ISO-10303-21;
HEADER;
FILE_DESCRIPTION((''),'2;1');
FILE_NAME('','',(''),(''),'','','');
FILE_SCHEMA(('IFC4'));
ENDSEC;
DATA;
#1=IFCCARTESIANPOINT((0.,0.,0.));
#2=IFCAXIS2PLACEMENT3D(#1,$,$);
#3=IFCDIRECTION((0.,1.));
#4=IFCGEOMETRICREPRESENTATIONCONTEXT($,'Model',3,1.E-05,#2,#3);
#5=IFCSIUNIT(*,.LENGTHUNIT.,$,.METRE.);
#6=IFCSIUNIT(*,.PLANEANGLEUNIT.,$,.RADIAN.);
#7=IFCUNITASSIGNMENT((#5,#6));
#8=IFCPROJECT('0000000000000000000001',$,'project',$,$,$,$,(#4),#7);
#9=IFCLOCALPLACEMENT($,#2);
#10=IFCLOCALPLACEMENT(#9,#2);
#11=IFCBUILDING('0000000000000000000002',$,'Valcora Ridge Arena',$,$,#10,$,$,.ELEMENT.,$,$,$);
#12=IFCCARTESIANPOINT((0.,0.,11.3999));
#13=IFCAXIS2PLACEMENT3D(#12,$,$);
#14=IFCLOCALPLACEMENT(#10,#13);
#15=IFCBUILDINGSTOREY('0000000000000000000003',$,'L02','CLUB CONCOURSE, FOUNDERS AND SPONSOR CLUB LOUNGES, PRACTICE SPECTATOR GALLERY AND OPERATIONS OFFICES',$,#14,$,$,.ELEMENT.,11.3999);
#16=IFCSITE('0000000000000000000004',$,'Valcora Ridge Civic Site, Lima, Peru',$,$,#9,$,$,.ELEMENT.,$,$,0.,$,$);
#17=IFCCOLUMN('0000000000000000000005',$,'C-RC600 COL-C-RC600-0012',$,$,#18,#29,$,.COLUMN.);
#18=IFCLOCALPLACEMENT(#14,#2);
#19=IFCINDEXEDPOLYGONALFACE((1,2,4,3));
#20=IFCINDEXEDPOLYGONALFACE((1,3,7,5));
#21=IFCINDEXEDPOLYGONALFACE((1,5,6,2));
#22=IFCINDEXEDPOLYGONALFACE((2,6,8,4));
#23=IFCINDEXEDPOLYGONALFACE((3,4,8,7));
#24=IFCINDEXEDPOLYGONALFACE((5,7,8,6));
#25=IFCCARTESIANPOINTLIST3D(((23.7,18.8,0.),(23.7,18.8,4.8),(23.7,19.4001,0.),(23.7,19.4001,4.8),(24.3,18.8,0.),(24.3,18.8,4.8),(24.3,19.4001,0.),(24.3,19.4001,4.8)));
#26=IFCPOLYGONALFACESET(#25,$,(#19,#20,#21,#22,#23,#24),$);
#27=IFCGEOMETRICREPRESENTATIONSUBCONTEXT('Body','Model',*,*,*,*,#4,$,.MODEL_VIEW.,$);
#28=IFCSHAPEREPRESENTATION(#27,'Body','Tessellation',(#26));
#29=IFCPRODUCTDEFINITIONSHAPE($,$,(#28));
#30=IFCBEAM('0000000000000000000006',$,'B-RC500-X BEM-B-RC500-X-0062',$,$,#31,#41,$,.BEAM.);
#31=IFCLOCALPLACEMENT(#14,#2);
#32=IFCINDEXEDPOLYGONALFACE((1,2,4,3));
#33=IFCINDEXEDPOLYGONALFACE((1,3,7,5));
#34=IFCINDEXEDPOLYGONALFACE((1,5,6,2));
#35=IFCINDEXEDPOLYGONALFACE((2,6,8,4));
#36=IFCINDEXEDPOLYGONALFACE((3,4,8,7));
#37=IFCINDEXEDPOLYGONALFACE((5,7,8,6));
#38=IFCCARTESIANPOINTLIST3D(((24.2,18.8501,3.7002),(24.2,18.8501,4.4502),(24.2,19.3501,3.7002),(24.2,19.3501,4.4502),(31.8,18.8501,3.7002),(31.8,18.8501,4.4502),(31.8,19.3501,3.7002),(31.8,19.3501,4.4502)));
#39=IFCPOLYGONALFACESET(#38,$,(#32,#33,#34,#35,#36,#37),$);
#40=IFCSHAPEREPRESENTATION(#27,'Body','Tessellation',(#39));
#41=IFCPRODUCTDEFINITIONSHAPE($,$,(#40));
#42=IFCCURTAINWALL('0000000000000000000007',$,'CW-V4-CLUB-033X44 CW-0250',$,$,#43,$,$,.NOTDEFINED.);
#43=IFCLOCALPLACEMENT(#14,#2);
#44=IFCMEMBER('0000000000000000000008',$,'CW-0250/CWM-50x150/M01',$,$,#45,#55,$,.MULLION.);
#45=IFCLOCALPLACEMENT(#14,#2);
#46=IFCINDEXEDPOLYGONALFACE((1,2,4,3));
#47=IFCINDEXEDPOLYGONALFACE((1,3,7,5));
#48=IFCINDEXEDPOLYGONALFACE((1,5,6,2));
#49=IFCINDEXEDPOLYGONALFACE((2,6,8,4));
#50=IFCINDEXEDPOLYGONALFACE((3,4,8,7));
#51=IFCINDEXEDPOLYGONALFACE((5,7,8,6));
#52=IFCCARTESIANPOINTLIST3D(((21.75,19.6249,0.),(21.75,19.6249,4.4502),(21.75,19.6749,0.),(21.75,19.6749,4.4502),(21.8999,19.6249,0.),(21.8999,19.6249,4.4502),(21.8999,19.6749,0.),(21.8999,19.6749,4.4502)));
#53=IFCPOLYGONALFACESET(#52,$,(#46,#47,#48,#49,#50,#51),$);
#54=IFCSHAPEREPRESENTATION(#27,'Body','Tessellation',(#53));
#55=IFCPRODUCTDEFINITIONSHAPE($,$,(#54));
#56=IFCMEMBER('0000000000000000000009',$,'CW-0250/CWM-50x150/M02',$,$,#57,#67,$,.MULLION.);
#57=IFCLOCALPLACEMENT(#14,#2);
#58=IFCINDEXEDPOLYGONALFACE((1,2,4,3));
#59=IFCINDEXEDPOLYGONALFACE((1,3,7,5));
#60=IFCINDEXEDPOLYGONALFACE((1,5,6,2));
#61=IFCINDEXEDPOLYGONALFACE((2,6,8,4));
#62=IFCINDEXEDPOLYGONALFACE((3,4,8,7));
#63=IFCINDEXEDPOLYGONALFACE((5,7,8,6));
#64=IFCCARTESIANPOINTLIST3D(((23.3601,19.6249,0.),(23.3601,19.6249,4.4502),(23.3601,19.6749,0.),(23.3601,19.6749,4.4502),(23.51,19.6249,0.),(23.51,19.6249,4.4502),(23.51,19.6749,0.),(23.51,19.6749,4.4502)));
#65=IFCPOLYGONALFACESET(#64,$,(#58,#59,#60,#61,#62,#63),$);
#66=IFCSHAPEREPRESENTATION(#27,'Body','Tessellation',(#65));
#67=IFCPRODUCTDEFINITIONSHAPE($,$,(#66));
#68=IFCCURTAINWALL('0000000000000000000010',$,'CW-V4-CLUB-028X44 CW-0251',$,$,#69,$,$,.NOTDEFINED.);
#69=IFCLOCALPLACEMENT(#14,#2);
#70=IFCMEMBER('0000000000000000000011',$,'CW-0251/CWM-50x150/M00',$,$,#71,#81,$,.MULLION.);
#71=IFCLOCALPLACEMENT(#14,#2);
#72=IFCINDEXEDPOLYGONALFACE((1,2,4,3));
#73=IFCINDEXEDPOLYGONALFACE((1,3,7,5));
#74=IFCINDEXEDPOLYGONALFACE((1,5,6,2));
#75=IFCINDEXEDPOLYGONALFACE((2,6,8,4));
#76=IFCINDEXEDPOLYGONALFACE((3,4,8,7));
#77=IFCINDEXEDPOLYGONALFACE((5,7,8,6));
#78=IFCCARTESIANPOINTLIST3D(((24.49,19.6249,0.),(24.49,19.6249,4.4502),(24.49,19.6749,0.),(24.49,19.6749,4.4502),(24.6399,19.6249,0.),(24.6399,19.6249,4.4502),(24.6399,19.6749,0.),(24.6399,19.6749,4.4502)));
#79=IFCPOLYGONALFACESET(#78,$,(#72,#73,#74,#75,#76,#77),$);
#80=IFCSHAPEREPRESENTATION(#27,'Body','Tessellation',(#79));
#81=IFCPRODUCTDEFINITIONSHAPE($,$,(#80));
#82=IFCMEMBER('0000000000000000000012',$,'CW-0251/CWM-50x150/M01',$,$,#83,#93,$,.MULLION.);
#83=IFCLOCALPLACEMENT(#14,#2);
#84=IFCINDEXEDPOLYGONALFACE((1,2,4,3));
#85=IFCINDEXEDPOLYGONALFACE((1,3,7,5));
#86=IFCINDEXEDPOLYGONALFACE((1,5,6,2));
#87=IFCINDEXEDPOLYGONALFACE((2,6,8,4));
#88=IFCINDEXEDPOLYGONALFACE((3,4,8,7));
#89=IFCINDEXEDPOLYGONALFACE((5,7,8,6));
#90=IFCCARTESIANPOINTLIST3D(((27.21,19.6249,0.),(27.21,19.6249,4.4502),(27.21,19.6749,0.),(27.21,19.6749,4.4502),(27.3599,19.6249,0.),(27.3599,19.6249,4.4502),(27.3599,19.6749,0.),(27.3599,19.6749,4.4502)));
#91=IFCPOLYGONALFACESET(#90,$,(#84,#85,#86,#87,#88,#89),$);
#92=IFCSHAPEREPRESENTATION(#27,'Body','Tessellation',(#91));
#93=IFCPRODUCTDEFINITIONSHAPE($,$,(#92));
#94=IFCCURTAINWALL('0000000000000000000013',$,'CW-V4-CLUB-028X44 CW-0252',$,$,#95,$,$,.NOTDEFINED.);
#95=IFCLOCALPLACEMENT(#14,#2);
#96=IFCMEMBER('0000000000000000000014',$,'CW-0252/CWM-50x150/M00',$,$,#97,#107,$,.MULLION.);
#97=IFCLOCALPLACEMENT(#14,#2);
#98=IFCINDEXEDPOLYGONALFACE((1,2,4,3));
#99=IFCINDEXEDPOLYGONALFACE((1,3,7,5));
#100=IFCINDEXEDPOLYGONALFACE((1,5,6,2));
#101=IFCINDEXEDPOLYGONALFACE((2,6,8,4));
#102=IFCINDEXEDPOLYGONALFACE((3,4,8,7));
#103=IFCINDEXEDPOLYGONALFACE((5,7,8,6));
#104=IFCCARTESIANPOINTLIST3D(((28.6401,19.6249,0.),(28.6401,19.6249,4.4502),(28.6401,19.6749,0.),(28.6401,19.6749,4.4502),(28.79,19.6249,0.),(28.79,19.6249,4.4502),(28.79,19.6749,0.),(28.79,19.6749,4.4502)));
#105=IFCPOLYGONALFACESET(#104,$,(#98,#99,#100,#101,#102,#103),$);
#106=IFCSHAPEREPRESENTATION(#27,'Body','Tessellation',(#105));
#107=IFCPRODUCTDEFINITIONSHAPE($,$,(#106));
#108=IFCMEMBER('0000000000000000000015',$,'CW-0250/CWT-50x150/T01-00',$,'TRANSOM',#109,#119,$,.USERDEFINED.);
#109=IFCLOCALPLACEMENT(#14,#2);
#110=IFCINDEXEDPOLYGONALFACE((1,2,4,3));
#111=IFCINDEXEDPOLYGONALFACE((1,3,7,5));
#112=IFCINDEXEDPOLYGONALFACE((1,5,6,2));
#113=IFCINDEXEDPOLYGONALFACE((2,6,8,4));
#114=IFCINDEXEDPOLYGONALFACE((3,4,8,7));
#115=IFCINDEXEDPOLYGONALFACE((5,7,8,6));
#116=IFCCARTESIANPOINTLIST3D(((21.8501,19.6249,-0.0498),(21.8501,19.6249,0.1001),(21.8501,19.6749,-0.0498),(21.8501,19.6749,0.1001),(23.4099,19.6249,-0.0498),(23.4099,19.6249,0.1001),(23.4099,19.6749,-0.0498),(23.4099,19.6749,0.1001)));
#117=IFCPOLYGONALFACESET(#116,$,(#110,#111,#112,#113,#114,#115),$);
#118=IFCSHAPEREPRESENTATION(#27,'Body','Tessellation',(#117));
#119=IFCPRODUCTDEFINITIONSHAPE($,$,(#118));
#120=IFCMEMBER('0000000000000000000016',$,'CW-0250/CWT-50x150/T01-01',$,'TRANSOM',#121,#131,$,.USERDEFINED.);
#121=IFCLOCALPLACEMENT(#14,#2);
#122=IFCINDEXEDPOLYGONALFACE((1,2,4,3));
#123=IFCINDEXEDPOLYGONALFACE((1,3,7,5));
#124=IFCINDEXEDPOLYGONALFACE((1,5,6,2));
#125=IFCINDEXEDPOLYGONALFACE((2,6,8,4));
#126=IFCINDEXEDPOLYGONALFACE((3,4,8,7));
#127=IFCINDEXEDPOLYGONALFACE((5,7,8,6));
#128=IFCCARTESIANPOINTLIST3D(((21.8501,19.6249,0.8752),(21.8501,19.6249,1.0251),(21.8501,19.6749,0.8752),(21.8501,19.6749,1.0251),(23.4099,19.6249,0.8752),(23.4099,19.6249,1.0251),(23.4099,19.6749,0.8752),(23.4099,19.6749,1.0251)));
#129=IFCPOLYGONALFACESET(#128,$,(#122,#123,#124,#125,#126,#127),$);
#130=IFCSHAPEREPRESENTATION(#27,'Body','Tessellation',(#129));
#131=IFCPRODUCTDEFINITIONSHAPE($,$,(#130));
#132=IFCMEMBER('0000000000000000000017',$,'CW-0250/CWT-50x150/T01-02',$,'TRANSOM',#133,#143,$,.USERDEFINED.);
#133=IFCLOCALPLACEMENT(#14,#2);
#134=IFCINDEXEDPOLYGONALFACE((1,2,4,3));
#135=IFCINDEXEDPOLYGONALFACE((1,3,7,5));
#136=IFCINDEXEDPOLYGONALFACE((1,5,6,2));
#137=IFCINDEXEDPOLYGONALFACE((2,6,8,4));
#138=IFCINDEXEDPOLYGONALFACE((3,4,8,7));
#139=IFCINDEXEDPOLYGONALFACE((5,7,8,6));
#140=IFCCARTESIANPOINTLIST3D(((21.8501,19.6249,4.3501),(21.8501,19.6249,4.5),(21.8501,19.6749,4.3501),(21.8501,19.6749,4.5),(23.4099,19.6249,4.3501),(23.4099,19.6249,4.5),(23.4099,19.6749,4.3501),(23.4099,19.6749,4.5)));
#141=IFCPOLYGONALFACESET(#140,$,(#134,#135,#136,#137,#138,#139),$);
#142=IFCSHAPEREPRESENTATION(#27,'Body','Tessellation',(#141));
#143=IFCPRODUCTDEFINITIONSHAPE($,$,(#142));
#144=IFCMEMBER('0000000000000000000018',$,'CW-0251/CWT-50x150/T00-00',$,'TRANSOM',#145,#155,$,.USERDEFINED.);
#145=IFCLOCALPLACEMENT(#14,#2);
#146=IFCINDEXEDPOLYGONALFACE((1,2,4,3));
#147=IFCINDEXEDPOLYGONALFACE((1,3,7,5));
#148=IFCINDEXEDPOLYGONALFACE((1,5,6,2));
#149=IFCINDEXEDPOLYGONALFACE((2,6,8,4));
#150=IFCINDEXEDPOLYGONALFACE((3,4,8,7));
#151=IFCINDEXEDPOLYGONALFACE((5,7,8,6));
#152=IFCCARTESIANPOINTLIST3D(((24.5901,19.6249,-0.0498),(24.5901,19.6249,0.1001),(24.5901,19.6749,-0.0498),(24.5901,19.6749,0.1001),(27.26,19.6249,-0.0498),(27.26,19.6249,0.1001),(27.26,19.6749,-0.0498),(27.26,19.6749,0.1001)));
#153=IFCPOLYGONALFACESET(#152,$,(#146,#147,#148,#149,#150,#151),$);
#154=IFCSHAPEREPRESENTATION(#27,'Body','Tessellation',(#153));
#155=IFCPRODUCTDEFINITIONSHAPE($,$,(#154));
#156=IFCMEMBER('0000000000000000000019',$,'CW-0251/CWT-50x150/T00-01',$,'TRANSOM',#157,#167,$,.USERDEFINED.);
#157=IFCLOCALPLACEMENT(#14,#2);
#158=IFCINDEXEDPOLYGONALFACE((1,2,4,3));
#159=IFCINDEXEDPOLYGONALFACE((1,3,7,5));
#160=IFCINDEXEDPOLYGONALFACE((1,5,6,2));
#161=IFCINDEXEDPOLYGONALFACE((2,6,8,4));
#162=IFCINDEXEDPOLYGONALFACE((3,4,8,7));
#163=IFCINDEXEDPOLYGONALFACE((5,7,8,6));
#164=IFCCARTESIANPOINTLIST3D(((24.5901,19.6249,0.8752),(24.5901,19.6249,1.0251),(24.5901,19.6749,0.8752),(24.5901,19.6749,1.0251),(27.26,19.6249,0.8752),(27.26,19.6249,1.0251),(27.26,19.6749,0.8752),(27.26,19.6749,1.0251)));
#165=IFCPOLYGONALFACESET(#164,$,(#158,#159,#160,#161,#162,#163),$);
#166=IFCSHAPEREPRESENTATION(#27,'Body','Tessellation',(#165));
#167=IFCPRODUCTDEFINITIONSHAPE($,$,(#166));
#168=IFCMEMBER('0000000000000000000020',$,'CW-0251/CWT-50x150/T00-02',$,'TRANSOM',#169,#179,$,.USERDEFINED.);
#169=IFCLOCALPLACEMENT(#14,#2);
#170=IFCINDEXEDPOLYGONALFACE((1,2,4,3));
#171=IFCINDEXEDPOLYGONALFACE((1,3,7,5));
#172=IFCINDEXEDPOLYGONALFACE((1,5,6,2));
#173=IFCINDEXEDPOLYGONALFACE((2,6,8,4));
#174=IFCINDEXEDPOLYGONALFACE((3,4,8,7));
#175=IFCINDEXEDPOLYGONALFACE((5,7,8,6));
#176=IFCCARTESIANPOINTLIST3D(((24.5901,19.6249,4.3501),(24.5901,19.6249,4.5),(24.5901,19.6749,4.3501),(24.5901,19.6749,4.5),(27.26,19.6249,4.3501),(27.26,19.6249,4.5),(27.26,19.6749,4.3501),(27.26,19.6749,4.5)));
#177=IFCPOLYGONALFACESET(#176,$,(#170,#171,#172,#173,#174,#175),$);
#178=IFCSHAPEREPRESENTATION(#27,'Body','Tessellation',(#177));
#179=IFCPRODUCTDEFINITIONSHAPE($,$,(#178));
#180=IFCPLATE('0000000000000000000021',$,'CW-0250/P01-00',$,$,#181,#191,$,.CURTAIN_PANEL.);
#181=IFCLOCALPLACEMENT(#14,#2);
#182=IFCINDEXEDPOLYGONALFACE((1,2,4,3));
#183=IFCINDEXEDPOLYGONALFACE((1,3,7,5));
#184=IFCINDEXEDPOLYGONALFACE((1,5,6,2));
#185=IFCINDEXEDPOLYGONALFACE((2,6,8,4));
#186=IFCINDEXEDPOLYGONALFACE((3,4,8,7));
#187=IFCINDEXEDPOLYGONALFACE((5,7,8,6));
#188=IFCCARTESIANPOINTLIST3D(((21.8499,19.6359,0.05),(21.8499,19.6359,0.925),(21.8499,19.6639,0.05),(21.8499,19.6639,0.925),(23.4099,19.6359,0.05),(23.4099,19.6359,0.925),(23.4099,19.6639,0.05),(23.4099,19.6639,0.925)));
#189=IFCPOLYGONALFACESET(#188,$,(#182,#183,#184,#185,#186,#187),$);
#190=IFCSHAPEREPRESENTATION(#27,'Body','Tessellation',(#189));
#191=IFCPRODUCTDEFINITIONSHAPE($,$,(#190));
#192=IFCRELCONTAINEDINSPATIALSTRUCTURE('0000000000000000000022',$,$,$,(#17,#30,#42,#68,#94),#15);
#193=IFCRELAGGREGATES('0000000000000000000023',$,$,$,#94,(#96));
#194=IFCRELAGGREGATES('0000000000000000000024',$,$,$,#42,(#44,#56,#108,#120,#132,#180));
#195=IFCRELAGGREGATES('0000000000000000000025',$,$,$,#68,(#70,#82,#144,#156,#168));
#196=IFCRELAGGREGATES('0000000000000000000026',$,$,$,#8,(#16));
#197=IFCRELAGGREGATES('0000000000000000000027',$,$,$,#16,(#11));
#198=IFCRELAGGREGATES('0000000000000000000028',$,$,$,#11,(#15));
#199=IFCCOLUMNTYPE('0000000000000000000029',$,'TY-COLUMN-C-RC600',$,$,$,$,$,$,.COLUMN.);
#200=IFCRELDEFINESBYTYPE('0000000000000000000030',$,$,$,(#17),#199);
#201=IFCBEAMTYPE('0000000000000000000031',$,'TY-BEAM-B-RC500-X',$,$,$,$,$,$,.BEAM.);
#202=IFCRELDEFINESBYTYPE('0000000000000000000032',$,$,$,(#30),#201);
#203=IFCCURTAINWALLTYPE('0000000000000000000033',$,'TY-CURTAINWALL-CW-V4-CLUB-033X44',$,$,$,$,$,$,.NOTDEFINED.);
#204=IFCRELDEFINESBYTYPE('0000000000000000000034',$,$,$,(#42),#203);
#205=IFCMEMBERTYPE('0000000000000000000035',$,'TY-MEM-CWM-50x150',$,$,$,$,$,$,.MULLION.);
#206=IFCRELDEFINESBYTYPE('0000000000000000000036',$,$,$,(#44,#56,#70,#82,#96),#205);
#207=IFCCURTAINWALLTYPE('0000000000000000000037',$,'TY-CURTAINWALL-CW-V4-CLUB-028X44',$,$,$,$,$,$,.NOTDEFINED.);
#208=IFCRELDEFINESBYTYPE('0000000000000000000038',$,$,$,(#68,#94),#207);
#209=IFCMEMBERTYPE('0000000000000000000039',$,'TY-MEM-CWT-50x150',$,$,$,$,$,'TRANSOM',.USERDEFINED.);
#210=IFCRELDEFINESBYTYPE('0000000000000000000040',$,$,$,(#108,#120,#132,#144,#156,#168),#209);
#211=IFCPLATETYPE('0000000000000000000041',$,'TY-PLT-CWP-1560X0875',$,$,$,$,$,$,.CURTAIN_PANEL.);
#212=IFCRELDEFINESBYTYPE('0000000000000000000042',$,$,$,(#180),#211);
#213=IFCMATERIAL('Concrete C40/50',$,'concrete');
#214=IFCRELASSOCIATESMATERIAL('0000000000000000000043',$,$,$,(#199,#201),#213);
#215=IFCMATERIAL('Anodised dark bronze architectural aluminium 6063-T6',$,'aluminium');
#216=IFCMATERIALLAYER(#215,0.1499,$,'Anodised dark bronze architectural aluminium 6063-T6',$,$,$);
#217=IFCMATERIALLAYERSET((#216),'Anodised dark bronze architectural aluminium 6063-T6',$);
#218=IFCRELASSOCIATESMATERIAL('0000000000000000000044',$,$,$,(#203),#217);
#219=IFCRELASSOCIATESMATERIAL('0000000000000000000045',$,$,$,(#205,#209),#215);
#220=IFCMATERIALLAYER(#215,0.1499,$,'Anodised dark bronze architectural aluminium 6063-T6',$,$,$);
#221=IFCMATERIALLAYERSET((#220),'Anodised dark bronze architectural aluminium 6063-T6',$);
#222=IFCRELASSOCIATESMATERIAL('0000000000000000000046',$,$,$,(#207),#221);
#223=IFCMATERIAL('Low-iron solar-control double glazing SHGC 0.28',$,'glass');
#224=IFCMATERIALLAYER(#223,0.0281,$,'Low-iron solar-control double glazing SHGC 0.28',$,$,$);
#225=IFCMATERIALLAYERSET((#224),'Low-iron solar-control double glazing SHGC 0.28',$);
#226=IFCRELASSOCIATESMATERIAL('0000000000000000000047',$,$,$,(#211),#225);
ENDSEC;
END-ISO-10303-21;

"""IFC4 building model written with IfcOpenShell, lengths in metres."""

from ifc_helpers import new_model, si_unit, direction, frame, origin, origin_2d, place, context, subcontext, project, spatial, rectangle, extrude, material, layer, layer_set, material_profile, profile_set, type_object, element, aggregate, save


model = new_model("IFC4")

# Units and contexts
model_context = context("Model", 3, precision=1e-05, world=origin(), true_north=direction((0.0, 1.0)))
body_context = subcontext(model_context, "Body", "Model", "MODEL_VIEW")
ifc_project = project(units=[si_unit("LENGTHUNIT", "METRE"), si_unit("PLANEANGLEUNIT", "RADIAN")], contexts=[model_context])

# Site, building, storey
site_placement = place(None, origin())
site = spatial("IfcSite", under=ifc_project, at=site_placement, Name="Valcora Ridge Civic Site, Lima, Peru", CompositionType="ELEMENT", RefElevation=0.0)
building_placement = place(site_placement, origin())
building = spatial("IfcBuilding", under=site, at=building_placement, Name="Valcora Ridge Arena", CompositionType="ELEMENT")
storey_placement = place(building_placement, frame((0.0, 0.0, 11.3999)))
storey = spatial("IfcBuildingStorey", under=building, at=storey_placement, Name="L02", Description="CLUB CONCOURSE, FOUNDERS AND SPONSOR CLUB LOUNGES, PRACTICE SPECTATOR GALLERY AND OPERATIONS OFFICES", CompositionType="ELEMENT", Elevation=11.3999)

# Column
ifc_material_1 = material(Name="Concrete C40/50", Category="concrete")
ifc_material_profile_1 = material_profile(ifc_material_1, rectangle(XDim=0.6001, YDim=0.6001, at=origin_2d()), Name="RC 600x600")
ifc_profile_set_1 = profile_set([ifc_material_profile_1], Name="Concrete C40/50")
column_type = type_object("IfcColumnType", Name="TY-COLUMN-C-RC600", PredefinedType="COLUMN", material=ifc_profile_set_1)
column_placement = place(storey_placement, frame((24.0, 19.1001, 0.0), z_axis=(0.0, 0.0, 1.0), x_axis=(1.0, 0.0, 0.0)))
element("IfcColumn", 1, at=column_placement, inside=storey, type_object=column_type, Name="C-RC600 COL-C-RC600-0012", PredefinedType="COLUMN", context=body_context, shape_type="SweptSolid", body=[
    extrude(rectangle(XDim=0.6001, YDim=0.6001, at=origin_2d()), origin(), (0.0, 0.0, 1.0), 4.8),
])

# Beam
ifc_material_profile_2 = material_profile(ifc_material_1, rectangle(XDim=0.5, YDim=0.75, at=origin_2d()), Name="RC 500x750")
ifc_profile_set_2 = profile_set([ifc_material_profile_2], Name="Concrete C40/50")
beam_type = type_object("IfcBeamType", Name="TY-BEAM-B-RC500-X", PredefinedType="BEAM", material=ifc_profile_set_2)
beam_placement = place(storey_placement, frame((24.2, 19.1001, 4.0752), z_axis=(1.0, 0.0, 0.0), x_axis=(0.0, 1.0, 0.0)))
element("IfcBeam", 2, at=beam_placement, inside=storey, type_object=beam_type, Name="B-RC500-X BEM-B-RC500-X-0062", PredefinedType="BEAM", context=body_context, shape_type="SweptSolid", body=[
    extrude(rectangle(XDim=0.5, YDim=0.75, at=origin_2d()), origin(), (0.0, 0.0, 1.0), 7.6001),
])

# Curtain walls, members
ifc_material_2 = material(Name="Anodised dark bronze architectural aluminium 6063-T6", Category="aluminium")
ifc_layer_1 = layer(ifc_material_2, 0.1499, Name="Anodised dark bronze architectural aluminium 6063-T6")
ifc_layer_set_1 = layer_set([ifc_layer_1], Name="Anodised dark bronze architectural aluminium 6063-T6")
curtain_wall_type_1 = type_object("IfcCurtainWallType", Name="TY-CURTAINWALL-CW-V4-CLUB-033X44", PredefinedType="NOTDEFINED", material=ifc_layer_set_1)
curtain_wall_1_placement = place(storey_placement, origin())
curtain_wall_1 = element("IfcCurtainWall", 3, at=curtain_wall_1_placement, inside=storey, type_object=curtain_wall_type_1, Name="CW-V4-CLUB-033X44 CW-0250", PredefinedType="NOTDEFINED")
ifc_material_profile_3 = material_profile(ifc_material_2, rectangle(XDim=0.05, YDim=0.1499, at=origin_2d()), Name="ALU MULLION 50x150")
ifc_profile_set_3 = profile_set([ifc_material_profile_3], Name="Anodised dark bronze architectural aluminium 6063-T6")
member_type_1 = type_object("IfcMemberType", Name="TY-MEM-CWM-50x150", PredefinedType="MULLION", material=ifc_profile_set_3)
member_1_placement = place(storey_placement, frame((21.825, 19.6499, 0.0), z_axis=(0.0, 0.0, 1.0), x_axis=(0.0, 1.0, 0.0)))
member_1 = element("IfcMember", 4, at=member_1_placement, type_object=member_type_1, Name="CW-0250/CWM-50x150/M01", PredefinedType="MULLION", context=body_context, shape_type="SweptSolid", body=[
    extrude(rectangle(XDim=0.05, YDim=0.1499, at=origin_2d()), origin(), (0.0, 0.0, 1.0), 4.4502),
])
member_2_placement = place(storey_placement, frame((23.4351, 19.6499, 0.0), z_axis=(0.0, 0.0, 1.0), x_axis=(0.0, 1.0, 0.0)))
member_2 = element("IfcMember", 5, at=member_2_placement, type_object=member_type_1, Name="CW-0250/CWM-50x150/M02", PredefinedType="MULLION", context=body_context, shape_type="SweptSolid", body=[
    extrude(rectangle(XDim=0.05, YDim=0.1499, at=origin_2d()), origin(), (0.0, 0.0, 1.0), 4.4502),
])
ifc_layer_2 = layer(ifc_material_2, 0.1499, Name="Anodised dark bronze architectural aluminium 6063-T6")
ifc_layer_set_2 = layer_set([ifc_layer_2], Name="Anodised dark bronze architectural aluminium 6063-T6")
curtain_wall_type_2 = type_object("IfcCurtainWallType", Name="TY-CURTAINWALL-CW-V4-CLUB-028X44", PredefinedType="NOTDEFINED", material=ifc_layer_set_2)
curtain_wall_2_placement = place(storey_placement, origin())
curtain_wall_2 = element("IfcCurtainWall", 6, at=curtain_wall_2_placement, inside=storey, type_object=curtain_wall_type_2, Name="CW-V4-CLUB-028X44 CW-0251", PredefinedType="NOTDEFINED")
member_3_placement = place(storey_placement, frame((24.5649, 19.6499, 0.0), z_axis=(0.0, 0.0, 1.0), x_axis=(0.0, 1.0, 0.0)))
member_3 = element("IfcMember", 7, at=member_3_placement, type_object=member_type_1, Name="CW-0251/CWM-50x150/M00", PredefinedType="MULLION", context=body_context, shape_type="SweptSolid", body=[
    extrude(rectangle(XDim=0.05, YDim=0.1499, at=origin_2d()), origin(), (0.0, 0.0, 1.0), 4.4502),
])
member_4_placement = place(storey_placement, frame((27.2849, 19.6499, 0.0), z_axis=(0.0, 0.0, 1.0), x_axis=(0.0, 1.0, 0.0)))
member_4 = element("IfcMember", 8, at=member_4_placement, type_object=member_type_1, Name="CW-0251/CWM-50x150/M01", PredefinedType="MULLION", context=body_context, shape_type="SweptSolid", body=[
    extrude(rectangle(XDim=0.05, YDim=0.1499, at=origin_2d()), origin(), (0.0, 0.0, 1.0), 4.4502),
])

# Curtain wall, member
curtain_wall_3_placement = place(storey_placement, origin())
curtain_wall_3 = element("IfcCurtainWall", 9, at=curtain_wall_3_placement, inside=storey, type_object=curtain_wall_type_2, Name="CW-V4-CLUB-028X44 CW-0252", PredefinedType="NOTDEFINED")
member_5_placement = place(storey_placement, frame((28.7151, 19.6499, 0.0), z_axis=(0.0, 0.0, 1.0), x_axis=(0.0, 1.0, 0.0)))
member_5 = element("IfcMember", 10, at=member_5_placement, type_object=member_type_1, Name="CW-0252/CWM-50x150/M00", PredefinedType="MULLION", context=body_context, shape_type="SweptSolid", body=[
    extrude(rectangle(XDim=0.05, YDim=0.1499, at=origin_2d()), origin(), (0.0, 0.0, 1.0), 4.4502),
])
aggregate(curtain_wall_3, [member_5])

# Members
ifc_material_profile_4 = material_profile(ifc_material_2, rectangle(XDim=0.05, YDim=0.1499, at=origin_2d()), Name="ALU TRANSOM 50x150")
ifc_profile_set_4 = profile_set([ifc_material_profile_4], Name="Anodised dark bronze architectural aluminium 6063-T6")
member_type_2 = type_object("IfcMemberType", Name="TY-MEM-CWT-50x150", ElementType="TRANSOM", PredefinedType="USERDEFINED", material=ifc_profile_set_4)
member_6_placement = place(storey_placement, frame((21.8501, 19.6499, 0.0251), z_axis=(1.0, 0.0, 0.0), x_axis=(0.0, 1.0, 0.0)))
member_6 = element("IfcMember", 11, at=member_6_placement, type_object=member_type_2, Name="CW-0250/CWT-50x150/T01-00", ObjectType="TRANSOM", PredefinedType="USERDEFINED", context=body_context, shape_type="SweptSolid", body=[
    extrude(rectangle(XDim=0.05, YDim=0.1499, at=origin_2d()), origin(), (0.0, 0.0, 1.0), 1.5598),
])
member_7_placement = place(storey_placement, frame((21.8501, 19.6499, 0.9502), z_axis=(1.0, 0.0, 0.0), x_axis=(0.0, 1.0, 0.0)))
member_7 = element("IfcMember", 12, at=member_7_placement, type_object=member_type_2, Name="CW-0250/CWT-50x150/T01-01", ObjectType="TRANSOM", PredefinedType="USERDEFINED", context=body_context, shape_type="SweptSolid", body=[
    extrude(rectangle(XDim=0.05, YDim=0.1499, at=origin_2d()), origin(), (0.0, 0.0, 1.0), 1.5598),
])
member_8_placement = place(storey_placement, frame((21.8501, 19.6499, 4.425), z_axis=(1.0, 0.0, 0.0), x_axis=(0.0, 1.0, 0.0)))
member_8 = element("IfcMember", 13, at=member_8_placement, type_object=member_type_2, Name="CW-0250/CWT-50x150/T01-02", ObjectType="TRANSOM", PredefinedType="USERDEFINED", context=body_context, shape_type="SweptSolid", body=[
    extrude(rectangle(XDim=0.05, YDim=0.1499, at=origin_2d()), origin(), (0.0, 0.0, 1.0), 1.5598),
])
member_9_placement = place(storey_placement, frame((24.5901, 19.6499, 0.0251), z_axis=(1.0, 0.0, 0.0), x_axis=(0.0, 1.0, 0.0)))
member_9 = element("IfcMember", 14, at=member_9_placement, type_object=member_type_2, Name="CW-0251/CWT-50x150/T00-00", ObjectType="TRANSOM", PredefinedType="USERDEFINED", context=body_context, shape_type="SweptSolid", body=[
    extrude(rectangle(XDim=0.05, YDim=0.1499, at=origin_2d()), origin(), (0.0, 0.0, 1.0), 2.6699),
])
member_10_placement = place(storey_placement, frame((24.5901, 19.6499, 0.9502), z_axis=(1.0, 0.0, 0.0), x_axis=(0.0, 1.0, 0.0)))
member_10 = element("IfcMember", 15, at=member_10_placement, type_object=member_type_2, Name="CW-0251/CWT-50x150/T00-01", ObjectType="TRANSOM", PredefinedType="USERDEFINED", context=body_context, shape_type="SweptSolid", body=[
    extrude(rectangle(XDim=0.05, YDim=0.1499, at=origin_2d()), origin(), (0.0, 0.0, 1.0), 2.6699),
])
member_11_placement = place(storey_placement, frame((24.5901, 19.6499, 4.425), z_axis=(1.0, 0.0, 0.0), x_axis=(0.0, 1.0, 0.0)))
member_11 = element("IfcMember", 16, at=member_11_placement, type_object=member_type_2, Name="CW-0251/CWT-50x150/T00-02", ObjectType="TRANSOM", PredefinedType="USERDEFINED", context=body_context, shape_type="SweptSolid", body=[
    extrude(rectangle(XDim=0.05, YDim=0.1499, at=origin_2d()), origin(), (0.0, 0.0, 1.0), 2.6699),
])

# Plate
ifc_material_3 = material(Name="Low-iron solar-control double glazing SHGC 0.28", Category="glass")
ifc_layer_3 = layer(ifc_material_3, 0.0281, Name="Low-iron solar-control double glazing SHGC 0.28")
ifc_layer_set_3 = layer_set([ifc_layer_3], Name="Low-iron solar-control double glazing SHGC 0.28")
plate_type_1 = type_object("IfcPlateType", Name="TY-PLT-CWP-1560X0875", PredefinedType="CURTAIN_PANEL", material=ifc_layer_set_3)
plate_1_placement = place(storey_placement, frame((22.6299, 19.6499, 0.05), z_axis=(0.0, 0.0, 1.0), x_axis=(1.0, 0.0, 0.0)))
plate_1 = element("IfcPlate", 17, at=plate_1_placement, type_object=plate_type_1, Name="CW-0250/P01-00", PredefinedType="CURTAIN_PANEL", context=body_context, shape_type="SweptSolid", body=[
    extrude(rectangle(XDim=1.5601, YDim=0.0281, at=origin_2d()), origin(), (0.0, 0.0, 1.0), 0.875),
])
aggregate(curtain_wall_1, [member_1, member_2, member_6, member_7, member_8, plate_1])
aggregate(curtain_wall_2, [member_3, member_4, member_9, member_10, member_11])

save(model, "model.ifc")
